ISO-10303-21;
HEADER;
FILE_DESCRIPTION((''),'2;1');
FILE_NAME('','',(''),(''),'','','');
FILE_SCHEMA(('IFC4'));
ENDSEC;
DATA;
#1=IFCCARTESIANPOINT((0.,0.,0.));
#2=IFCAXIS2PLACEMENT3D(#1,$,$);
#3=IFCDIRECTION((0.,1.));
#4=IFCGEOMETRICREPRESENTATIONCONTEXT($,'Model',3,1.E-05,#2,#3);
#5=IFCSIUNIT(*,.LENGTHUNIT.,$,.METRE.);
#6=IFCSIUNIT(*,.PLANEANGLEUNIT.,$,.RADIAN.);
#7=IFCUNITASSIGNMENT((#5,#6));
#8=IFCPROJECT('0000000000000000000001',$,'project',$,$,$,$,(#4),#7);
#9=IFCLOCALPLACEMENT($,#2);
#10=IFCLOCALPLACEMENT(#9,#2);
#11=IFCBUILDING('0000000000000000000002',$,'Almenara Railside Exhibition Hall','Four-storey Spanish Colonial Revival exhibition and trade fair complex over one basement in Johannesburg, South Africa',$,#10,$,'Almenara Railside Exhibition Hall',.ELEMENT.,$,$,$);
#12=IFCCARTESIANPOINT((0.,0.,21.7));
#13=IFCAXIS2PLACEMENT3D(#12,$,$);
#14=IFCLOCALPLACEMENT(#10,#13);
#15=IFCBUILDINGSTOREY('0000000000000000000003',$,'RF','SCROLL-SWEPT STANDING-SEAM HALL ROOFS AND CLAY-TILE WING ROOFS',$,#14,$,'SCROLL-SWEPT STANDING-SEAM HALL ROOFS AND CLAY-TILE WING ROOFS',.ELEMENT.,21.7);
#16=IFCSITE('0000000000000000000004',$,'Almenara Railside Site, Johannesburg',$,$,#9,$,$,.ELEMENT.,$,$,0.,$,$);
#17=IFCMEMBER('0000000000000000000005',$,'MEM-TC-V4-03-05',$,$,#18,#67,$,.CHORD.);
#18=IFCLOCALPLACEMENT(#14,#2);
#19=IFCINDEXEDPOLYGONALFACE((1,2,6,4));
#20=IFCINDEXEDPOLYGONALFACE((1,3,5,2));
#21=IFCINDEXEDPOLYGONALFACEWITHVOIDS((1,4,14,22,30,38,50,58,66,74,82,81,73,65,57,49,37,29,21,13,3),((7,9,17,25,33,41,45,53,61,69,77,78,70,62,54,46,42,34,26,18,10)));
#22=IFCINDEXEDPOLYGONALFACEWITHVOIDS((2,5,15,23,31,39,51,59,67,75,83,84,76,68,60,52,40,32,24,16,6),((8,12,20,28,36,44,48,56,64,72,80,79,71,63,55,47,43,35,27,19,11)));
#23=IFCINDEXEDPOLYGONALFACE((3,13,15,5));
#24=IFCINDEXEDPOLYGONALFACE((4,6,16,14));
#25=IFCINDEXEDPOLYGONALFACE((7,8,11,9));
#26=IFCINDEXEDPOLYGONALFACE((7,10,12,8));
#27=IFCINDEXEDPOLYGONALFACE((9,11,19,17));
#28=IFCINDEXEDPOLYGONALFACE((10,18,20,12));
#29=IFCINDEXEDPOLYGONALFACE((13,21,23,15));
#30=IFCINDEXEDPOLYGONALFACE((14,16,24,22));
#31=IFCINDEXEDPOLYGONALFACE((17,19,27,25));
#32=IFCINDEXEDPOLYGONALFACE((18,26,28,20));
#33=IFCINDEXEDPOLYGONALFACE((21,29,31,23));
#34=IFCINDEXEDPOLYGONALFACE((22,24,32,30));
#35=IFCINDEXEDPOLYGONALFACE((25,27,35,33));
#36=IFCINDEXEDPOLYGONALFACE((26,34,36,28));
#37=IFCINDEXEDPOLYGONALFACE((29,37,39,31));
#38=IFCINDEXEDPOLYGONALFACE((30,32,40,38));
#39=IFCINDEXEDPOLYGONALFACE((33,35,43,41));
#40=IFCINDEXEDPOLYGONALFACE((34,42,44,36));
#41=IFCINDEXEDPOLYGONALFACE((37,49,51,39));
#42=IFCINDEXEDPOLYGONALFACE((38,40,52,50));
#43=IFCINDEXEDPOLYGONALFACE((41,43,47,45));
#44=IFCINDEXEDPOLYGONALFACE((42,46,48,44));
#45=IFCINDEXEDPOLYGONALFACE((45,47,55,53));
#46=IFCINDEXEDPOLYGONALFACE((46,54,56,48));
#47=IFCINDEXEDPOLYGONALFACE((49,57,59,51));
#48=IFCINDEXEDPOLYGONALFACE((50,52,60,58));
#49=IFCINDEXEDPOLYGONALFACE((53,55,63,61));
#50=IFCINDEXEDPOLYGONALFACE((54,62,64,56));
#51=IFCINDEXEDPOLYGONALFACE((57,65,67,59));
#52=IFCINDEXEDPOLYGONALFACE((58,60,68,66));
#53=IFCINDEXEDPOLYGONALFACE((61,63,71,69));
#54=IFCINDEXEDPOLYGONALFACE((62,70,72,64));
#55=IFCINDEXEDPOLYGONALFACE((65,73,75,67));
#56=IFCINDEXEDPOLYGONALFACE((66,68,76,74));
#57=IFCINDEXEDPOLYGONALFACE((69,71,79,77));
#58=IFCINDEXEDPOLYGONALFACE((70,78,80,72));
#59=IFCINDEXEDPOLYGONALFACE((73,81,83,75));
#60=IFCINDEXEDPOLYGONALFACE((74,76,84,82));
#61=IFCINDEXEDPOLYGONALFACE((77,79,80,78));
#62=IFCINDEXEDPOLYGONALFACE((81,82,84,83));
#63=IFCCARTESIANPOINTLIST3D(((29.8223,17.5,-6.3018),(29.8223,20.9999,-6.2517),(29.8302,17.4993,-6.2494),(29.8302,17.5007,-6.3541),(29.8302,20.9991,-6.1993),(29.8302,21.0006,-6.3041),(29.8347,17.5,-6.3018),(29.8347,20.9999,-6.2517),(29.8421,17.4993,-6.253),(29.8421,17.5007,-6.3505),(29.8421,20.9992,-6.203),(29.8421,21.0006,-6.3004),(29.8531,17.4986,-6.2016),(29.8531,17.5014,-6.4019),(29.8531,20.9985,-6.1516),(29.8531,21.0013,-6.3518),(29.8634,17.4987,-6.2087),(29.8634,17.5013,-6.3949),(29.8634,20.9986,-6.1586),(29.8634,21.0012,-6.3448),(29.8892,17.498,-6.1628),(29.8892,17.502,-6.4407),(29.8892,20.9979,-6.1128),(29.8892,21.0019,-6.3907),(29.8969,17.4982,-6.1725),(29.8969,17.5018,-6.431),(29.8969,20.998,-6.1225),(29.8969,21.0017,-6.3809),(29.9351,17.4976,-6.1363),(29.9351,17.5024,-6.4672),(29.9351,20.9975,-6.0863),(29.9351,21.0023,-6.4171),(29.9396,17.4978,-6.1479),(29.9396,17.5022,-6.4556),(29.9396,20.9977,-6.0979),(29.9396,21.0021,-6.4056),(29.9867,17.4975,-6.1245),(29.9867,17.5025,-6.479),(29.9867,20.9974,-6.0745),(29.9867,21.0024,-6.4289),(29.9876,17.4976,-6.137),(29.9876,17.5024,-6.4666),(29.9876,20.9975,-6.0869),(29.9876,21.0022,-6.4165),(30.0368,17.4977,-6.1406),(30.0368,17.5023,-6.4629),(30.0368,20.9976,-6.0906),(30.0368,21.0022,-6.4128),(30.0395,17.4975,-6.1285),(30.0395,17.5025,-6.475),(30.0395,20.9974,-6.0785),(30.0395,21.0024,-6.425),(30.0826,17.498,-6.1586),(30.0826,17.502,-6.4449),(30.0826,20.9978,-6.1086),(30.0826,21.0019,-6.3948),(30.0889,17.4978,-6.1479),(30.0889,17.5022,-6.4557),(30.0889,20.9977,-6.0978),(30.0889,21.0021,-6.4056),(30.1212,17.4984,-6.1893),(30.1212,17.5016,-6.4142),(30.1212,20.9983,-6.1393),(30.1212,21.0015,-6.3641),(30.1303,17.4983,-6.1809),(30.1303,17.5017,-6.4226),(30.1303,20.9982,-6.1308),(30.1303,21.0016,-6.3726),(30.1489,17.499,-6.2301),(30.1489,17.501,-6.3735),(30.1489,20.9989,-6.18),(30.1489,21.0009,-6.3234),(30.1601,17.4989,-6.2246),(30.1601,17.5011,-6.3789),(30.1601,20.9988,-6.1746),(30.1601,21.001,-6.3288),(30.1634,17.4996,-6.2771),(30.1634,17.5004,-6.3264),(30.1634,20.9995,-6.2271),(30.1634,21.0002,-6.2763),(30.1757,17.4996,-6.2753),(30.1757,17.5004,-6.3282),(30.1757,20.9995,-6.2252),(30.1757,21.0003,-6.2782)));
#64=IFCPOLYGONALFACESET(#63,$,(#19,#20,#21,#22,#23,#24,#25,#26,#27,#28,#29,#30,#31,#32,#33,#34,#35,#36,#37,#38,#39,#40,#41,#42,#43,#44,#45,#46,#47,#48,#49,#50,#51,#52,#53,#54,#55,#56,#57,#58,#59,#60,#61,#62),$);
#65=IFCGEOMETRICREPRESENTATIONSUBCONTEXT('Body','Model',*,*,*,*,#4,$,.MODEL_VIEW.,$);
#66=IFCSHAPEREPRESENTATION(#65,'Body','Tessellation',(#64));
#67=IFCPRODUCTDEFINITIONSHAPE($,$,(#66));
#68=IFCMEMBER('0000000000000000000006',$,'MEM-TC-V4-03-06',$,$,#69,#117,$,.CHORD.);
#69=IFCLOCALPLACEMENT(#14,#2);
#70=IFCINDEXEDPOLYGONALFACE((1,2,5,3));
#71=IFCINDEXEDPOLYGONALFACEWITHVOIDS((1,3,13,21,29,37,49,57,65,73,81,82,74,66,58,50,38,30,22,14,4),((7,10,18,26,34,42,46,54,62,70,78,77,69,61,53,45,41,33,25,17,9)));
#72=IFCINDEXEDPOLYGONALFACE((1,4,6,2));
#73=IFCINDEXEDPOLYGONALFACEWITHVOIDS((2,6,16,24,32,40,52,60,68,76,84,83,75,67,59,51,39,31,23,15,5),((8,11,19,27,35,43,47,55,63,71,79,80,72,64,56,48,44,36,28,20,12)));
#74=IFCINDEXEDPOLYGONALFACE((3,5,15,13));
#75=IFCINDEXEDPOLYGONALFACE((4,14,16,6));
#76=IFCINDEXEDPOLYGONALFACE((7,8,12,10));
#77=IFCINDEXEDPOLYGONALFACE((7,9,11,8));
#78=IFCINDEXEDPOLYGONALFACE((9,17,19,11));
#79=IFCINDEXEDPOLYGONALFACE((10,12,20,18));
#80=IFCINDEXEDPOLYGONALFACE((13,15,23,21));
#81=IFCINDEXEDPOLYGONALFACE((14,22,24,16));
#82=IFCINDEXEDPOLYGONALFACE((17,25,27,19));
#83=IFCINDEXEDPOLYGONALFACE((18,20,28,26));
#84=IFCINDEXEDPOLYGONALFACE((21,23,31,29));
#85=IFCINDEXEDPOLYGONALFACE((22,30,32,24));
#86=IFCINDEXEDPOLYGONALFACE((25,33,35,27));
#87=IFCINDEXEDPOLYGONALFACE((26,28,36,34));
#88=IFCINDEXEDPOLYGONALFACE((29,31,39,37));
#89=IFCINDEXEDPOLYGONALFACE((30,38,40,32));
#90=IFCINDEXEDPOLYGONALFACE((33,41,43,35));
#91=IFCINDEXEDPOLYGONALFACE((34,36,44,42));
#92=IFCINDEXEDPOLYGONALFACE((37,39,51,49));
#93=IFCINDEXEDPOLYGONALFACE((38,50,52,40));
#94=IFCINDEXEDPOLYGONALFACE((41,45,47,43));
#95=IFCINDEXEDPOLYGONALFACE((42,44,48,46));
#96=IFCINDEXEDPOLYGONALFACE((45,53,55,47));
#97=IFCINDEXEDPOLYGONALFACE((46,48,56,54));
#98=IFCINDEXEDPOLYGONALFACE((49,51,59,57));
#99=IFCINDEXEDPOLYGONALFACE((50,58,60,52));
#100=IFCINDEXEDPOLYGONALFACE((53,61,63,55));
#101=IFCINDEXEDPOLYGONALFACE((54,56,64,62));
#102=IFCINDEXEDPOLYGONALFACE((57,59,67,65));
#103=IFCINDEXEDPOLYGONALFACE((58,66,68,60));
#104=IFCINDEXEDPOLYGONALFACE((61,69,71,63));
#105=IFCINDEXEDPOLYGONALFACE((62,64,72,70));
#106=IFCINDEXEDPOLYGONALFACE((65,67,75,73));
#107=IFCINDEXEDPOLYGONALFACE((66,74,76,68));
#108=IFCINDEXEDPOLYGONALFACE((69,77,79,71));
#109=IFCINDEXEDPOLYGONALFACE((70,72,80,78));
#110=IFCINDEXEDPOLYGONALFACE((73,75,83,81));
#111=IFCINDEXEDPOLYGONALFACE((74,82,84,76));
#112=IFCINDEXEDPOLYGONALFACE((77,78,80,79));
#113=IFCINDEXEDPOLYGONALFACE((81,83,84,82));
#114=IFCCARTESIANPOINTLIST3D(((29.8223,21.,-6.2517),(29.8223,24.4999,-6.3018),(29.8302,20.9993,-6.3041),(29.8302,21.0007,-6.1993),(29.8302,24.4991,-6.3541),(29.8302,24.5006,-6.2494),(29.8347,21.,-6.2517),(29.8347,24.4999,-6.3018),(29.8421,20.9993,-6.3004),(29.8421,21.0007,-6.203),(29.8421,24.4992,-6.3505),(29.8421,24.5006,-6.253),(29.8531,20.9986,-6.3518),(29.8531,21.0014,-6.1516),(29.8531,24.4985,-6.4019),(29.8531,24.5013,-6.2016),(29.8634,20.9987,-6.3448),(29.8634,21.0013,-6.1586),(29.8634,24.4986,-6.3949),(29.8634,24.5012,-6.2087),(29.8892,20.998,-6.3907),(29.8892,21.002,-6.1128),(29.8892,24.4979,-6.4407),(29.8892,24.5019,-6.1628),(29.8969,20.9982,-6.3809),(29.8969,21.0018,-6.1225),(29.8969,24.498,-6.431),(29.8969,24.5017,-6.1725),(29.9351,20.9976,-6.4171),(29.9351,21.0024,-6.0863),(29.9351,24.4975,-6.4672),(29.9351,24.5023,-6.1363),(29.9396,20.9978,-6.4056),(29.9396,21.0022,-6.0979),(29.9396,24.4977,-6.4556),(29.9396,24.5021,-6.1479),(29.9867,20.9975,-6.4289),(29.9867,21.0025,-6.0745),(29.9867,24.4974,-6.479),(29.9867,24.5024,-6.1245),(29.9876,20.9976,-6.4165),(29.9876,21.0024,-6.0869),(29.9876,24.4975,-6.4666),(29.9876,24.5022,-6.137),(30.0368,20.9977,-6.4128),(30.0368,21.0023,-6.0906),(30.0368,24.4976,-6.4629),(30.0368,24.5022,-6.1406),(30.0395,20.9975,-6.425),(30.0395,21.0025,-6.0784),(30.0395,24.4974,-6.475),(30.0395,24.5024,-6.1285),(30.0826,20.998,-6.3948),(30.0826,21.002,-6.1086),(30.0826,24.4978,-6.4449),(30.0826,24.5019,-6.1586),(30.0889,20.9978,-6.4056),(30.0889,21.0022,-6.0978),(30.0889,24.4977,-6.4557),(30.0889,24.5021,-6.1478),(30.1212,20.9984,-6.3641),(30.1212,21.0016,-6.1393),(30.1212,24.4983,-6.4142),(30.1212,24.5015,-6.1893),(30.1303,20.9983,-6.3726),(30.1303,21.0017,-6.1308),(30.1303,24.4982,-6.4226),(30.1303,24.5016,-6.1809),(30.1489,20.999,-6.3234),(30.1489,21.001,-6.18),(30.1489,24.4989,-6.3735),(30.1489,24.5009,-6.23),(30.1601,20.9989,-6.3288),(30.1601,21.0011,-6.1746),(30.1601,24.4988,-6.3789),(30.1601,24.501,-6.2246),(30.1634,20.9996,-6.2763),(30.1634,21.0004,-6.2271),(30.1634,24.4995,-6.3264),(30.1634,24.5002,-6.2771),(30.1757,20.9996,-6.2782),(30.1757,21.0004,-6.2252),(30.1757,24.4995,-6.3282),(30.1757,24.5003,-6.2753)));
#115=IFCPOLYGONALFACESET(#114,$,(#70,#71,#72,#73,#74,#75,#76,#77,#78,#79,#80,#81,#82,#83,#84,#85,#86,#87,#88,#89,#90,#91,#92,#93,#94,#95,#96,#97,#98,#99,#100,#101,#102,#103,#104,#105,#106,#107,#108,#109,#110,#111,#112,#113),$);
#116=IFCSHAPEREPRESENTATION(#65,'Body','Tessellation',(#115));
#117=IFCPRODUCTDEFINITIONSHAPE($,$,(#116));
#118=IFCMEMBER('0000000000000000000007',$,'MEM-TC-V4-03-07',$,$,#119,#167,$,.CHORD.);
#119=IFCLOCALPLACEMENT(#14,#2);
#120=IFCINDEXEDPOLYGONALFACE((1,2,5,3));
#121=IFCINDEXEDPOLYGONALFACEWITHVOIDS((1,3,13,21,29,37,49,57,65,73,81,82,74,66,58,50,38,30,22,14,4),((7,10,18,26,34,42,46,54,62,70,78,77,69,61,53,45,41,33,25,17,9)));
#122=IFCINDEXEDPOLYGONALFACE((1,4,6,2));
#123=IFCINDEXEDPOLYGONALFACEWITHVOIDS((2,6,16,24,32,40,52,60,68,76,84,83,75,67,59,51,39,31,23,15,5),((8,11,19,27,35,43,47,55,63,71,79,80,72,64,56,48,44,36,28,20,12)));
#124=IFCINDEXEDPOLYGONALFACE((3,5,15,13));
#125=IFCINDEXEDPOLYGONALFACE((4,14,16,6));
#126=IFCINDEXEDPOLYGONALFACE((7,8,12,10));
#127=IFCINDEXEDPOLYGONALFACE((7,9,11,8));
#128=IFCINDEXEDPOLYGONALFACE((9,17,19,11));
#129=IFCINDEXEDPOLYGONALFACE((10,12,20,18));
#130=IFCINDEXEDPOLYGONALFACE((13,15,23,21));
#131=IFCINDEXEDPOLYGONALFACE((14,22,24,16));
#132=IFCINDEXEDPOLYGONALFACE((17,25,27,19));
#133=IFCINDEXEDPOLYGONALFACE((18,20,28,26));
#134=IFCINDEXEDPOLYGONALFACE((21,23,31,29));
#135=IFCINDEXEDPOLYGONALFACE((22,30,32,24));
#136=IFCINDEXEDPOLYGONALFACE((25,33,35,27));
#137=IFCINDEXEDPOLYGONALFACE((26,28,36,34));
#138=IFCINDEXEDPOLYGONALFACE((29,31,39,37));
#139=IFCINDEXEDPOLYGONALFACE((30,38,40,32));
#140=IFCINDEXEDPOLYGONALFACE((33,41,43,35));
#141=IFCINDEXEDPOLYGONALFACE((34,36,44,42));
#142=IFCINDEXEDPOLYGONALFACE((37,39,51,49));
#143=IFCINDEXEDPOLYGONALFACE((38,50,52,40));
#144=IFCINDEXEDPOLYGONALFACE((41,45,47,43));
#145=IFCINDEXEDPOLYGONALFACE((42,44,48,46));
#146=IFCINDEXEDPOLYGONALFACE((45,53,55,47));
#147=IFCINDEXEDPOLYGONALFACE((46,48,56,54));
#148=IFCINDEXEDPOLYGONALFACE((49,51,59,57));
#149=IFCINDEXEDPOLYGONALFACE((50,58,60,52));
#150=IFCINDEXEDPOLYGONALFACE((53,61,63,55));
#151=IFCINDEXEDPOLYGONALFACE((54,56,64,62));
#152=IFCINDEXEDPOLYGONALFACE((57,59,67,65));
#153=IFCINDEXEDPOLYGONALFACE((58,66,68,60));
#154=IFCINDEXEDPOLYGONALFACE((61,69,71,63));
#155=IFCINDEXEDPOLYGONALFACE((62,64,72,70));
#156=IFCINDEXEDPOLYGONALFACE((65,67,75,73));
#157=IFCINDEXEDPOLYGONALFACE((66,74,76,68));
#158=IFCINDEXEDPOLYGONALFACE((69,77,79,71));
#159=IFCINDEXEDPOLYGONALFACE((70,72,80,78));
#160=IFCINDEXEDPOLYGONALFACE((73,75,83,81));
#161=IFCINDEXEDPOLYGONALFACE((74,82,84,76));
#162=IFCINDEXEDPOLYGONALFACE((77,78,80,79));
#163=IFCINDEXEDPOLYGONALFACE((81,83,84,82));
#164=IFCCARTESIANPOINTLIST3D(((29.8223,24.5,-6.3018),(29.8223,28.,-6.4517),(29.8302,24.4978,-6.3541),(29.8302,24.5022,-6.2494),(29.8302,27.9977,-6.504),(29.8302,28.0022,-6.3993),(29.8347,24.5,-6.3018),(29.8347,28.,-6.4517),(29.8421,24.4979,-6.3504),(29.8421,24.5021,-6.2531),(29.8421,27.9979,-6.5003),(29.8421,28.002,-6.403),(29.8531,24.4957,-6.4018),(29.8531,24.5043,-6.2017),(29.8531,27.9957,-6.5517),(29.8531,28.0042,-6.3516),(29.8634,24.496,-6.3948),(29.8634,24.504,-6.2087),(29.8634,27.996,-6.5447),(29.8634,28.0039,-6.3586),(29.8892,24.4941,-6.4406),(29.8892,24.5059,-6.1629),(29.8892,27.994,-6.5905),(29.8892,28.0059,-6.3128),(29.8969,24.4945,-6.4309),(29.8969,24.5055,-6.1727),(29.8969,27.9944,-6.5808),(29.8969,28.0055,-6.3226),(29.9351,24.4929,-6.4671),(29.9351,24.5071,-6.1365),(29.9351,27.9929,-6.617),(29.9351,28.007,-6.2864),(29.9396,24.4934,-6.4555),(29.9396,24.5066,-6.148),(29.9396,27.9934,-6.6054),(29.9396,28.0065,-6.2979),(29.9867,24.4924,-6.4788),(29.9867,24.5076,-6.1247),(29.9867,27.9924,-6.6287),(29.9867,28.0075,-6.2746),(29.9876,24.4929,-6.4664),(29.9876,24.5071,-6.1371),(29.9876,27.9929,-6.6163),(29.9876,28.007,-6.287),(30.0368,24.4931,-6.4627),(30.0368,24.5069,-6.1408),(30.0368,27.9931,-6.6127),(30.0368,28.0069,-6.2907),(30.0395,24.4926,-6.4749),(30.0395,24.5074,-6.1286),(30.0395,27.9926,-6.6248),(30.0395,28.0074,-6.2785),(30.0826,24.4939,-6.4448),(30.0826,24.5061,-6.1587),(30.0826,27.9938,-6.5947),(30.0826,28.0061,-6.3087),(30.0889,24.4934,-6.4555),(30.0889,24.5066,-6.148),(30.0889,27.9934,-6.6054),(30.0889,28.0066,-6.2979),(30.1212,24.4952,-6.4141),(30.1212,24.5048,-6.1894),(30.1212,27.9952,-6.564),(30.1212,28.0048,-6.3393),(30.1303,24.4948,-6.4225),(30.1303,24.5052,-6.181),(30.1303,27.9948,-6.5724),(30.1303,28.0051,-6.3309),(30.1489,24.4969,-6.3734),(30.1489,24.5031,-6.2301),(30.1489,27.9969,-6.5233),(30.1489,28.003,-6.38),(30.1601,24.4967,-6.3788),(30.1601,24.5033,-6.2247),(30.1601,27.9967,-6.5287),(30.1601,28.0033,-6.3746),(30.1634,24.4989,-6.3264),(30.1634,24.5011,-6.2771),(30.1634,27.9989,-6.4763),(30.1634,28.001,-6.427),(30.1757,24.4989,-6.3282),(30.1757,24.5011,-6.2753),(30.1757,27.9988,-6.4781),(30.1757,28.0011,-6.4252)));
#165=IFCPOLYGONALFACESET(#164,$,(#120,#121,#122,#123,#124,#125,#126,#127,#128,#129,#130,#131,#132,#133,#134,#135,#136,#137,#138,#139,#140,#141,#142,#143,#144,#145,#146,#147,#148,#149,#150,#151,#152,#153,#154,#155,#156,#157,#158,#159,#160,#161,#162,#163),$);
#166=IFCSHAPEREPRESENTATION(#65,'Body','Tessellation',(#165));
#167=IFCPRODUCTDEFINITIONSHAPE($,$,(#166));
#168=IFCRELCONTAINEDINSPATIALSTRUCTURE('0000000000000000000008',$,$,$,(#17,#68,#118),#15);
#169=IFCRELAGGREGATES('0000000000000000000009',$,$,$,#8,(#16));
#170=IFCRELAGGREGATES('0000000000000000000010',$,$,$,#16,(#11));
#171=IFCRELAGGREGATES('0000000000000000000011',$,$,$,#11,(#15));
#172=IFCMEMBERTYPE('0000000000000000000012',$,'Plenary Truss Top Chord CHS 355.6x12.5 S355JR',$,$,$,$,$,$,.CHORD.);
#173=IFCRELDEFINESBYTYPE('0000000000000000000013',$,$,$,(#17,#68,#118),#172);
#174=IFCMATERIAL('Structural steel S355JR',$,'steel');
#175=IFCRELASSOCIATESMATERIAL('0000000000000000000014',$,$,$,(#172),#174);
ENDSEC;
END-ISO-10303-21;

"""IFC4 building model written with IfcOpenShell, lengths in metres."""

from ifc_helpers import new_model, si_unit, direction, frame, origin, origin_2d, place, context, subcontext, project, spatial, hollow_circle, extrude, material, material_profile, profile_set, type_object, element, save


model = new_model("IFC4")

# Units and contexts
model_context = context("Model", 3, precision=1e-05, world=origin(), true_north=direction((0.0, 1.0)))
body_context = subcontext(model_context, "Body", "Model", "MODEL_VIEW")
ifc_project = project(units=[si_unit("LENGTHUNIT", "METRE"), si_unit("PLANEANGLEUNIT", "RADIAN")], contexts=[model_context])

# Site, building, storey
site_placement = place(None, origin())
site = spatial("IfcSite", under=ifc_project, at=site_placement, Name="Almenara Railside Site, Johannesburg", CompositionType="ELEMENT", RefElevation=0.0)
building_placement = place(site_placement, origin())
building = spatial("IfcBuilding", under=site, at=building_placement, Name="Almenara Railside Exhibition Hall", Description="Four-storey Spanish Colonial Revival exhibition and trade fair complex over one basement in Johannesburg, South Africa", LongName="Almenara Railside Exhibition Hall", CompositionType="ELEMENT")
storey_placement = place(building_placement, frame((0.0, 0.0, 21.7)))
storey = spatial("IfcBuildingStorey", under=building, at=storey_placement, Name="RF", Description="SCROLL-SWEPT STANDING-SEAM HALL ROOFS AND CLAY-TILE WING ROOFS", LongName="SCROLL-SWEPT STANDING-SEAM HALL ROOFS AND CLAY-TILE WING ROOFS", CompositionType="ELEMENT", Elevation=21.7)

# Members
ifc_material_1 = material(Name="Structural steel S355JR", Category="steel")
ifc_material_profile_1 = material_profile(ifc_material_1, hollow_circle(Radius=0.1777, WallThickness=0.0125, at=origin_2d()), Name="CHS 355.6x12.5")
ifc_profile_set_1 = profile_set([ifc_material_profile_1], Name="Structural steel S355JR")
member_type_1 = type_object("IfcMemberType", Name="Plenary Truss Top Chord CHS 355.6x12.5 S355JR", PredefinedType="CHORD", material=ifc_profile_set_1)
for number, where, z_axis, x_axis, name in (
    (1, (30.0, 17.5, -6.3018), (0.0, 0.999898, 0.014298), (-1.0, 0.0, 0.0), "MEM-TC-V4-03-05"),
    (2, (30.0, 21.0, -6.2517), (0.0, 0.999898, -0.014298), (-1.0, 0.0, 0.0), "MEM-TC-V4-03-06"),
):
    element("IfcMember", number, at=place(storey_placement, frame(where, z_axis=z_axis, x_axis=x_axis)), inside=storey, type_object=member_type_1, Name=name, PredefinedType="CHORD", context=body_context, shape_type="SweptSolid", body=[
        extrude(hollow_circle(Radius=0.1777, WallThickness=0.0125, at=origin_2d()), origin(), (0.0, 0.0, 1.0), 3.5002),
    ])
member_1_placement = place(storey_placement, frame((30.0, 24.5, -6.3018), z_axis=(0.0, 0.999084, -0.04279), x_axis=(-1.0, 0.0, 0.0)))
element("IfcMember", 3, at=member_1_placement, inside=storey, type_object=member_type_1, Name="MEM-TC-V4-03-07", PredefinedType="CHORD", context=body_context, shape_type="SweptSolid", body=[
    extrude(hollow_circle(Radius=0.1777, WallThickness=0.0125, at=origin_2d()), origin(), (0.0, 0.0, 1.0), 3.5032),
])

save(model, "model.ifc")
